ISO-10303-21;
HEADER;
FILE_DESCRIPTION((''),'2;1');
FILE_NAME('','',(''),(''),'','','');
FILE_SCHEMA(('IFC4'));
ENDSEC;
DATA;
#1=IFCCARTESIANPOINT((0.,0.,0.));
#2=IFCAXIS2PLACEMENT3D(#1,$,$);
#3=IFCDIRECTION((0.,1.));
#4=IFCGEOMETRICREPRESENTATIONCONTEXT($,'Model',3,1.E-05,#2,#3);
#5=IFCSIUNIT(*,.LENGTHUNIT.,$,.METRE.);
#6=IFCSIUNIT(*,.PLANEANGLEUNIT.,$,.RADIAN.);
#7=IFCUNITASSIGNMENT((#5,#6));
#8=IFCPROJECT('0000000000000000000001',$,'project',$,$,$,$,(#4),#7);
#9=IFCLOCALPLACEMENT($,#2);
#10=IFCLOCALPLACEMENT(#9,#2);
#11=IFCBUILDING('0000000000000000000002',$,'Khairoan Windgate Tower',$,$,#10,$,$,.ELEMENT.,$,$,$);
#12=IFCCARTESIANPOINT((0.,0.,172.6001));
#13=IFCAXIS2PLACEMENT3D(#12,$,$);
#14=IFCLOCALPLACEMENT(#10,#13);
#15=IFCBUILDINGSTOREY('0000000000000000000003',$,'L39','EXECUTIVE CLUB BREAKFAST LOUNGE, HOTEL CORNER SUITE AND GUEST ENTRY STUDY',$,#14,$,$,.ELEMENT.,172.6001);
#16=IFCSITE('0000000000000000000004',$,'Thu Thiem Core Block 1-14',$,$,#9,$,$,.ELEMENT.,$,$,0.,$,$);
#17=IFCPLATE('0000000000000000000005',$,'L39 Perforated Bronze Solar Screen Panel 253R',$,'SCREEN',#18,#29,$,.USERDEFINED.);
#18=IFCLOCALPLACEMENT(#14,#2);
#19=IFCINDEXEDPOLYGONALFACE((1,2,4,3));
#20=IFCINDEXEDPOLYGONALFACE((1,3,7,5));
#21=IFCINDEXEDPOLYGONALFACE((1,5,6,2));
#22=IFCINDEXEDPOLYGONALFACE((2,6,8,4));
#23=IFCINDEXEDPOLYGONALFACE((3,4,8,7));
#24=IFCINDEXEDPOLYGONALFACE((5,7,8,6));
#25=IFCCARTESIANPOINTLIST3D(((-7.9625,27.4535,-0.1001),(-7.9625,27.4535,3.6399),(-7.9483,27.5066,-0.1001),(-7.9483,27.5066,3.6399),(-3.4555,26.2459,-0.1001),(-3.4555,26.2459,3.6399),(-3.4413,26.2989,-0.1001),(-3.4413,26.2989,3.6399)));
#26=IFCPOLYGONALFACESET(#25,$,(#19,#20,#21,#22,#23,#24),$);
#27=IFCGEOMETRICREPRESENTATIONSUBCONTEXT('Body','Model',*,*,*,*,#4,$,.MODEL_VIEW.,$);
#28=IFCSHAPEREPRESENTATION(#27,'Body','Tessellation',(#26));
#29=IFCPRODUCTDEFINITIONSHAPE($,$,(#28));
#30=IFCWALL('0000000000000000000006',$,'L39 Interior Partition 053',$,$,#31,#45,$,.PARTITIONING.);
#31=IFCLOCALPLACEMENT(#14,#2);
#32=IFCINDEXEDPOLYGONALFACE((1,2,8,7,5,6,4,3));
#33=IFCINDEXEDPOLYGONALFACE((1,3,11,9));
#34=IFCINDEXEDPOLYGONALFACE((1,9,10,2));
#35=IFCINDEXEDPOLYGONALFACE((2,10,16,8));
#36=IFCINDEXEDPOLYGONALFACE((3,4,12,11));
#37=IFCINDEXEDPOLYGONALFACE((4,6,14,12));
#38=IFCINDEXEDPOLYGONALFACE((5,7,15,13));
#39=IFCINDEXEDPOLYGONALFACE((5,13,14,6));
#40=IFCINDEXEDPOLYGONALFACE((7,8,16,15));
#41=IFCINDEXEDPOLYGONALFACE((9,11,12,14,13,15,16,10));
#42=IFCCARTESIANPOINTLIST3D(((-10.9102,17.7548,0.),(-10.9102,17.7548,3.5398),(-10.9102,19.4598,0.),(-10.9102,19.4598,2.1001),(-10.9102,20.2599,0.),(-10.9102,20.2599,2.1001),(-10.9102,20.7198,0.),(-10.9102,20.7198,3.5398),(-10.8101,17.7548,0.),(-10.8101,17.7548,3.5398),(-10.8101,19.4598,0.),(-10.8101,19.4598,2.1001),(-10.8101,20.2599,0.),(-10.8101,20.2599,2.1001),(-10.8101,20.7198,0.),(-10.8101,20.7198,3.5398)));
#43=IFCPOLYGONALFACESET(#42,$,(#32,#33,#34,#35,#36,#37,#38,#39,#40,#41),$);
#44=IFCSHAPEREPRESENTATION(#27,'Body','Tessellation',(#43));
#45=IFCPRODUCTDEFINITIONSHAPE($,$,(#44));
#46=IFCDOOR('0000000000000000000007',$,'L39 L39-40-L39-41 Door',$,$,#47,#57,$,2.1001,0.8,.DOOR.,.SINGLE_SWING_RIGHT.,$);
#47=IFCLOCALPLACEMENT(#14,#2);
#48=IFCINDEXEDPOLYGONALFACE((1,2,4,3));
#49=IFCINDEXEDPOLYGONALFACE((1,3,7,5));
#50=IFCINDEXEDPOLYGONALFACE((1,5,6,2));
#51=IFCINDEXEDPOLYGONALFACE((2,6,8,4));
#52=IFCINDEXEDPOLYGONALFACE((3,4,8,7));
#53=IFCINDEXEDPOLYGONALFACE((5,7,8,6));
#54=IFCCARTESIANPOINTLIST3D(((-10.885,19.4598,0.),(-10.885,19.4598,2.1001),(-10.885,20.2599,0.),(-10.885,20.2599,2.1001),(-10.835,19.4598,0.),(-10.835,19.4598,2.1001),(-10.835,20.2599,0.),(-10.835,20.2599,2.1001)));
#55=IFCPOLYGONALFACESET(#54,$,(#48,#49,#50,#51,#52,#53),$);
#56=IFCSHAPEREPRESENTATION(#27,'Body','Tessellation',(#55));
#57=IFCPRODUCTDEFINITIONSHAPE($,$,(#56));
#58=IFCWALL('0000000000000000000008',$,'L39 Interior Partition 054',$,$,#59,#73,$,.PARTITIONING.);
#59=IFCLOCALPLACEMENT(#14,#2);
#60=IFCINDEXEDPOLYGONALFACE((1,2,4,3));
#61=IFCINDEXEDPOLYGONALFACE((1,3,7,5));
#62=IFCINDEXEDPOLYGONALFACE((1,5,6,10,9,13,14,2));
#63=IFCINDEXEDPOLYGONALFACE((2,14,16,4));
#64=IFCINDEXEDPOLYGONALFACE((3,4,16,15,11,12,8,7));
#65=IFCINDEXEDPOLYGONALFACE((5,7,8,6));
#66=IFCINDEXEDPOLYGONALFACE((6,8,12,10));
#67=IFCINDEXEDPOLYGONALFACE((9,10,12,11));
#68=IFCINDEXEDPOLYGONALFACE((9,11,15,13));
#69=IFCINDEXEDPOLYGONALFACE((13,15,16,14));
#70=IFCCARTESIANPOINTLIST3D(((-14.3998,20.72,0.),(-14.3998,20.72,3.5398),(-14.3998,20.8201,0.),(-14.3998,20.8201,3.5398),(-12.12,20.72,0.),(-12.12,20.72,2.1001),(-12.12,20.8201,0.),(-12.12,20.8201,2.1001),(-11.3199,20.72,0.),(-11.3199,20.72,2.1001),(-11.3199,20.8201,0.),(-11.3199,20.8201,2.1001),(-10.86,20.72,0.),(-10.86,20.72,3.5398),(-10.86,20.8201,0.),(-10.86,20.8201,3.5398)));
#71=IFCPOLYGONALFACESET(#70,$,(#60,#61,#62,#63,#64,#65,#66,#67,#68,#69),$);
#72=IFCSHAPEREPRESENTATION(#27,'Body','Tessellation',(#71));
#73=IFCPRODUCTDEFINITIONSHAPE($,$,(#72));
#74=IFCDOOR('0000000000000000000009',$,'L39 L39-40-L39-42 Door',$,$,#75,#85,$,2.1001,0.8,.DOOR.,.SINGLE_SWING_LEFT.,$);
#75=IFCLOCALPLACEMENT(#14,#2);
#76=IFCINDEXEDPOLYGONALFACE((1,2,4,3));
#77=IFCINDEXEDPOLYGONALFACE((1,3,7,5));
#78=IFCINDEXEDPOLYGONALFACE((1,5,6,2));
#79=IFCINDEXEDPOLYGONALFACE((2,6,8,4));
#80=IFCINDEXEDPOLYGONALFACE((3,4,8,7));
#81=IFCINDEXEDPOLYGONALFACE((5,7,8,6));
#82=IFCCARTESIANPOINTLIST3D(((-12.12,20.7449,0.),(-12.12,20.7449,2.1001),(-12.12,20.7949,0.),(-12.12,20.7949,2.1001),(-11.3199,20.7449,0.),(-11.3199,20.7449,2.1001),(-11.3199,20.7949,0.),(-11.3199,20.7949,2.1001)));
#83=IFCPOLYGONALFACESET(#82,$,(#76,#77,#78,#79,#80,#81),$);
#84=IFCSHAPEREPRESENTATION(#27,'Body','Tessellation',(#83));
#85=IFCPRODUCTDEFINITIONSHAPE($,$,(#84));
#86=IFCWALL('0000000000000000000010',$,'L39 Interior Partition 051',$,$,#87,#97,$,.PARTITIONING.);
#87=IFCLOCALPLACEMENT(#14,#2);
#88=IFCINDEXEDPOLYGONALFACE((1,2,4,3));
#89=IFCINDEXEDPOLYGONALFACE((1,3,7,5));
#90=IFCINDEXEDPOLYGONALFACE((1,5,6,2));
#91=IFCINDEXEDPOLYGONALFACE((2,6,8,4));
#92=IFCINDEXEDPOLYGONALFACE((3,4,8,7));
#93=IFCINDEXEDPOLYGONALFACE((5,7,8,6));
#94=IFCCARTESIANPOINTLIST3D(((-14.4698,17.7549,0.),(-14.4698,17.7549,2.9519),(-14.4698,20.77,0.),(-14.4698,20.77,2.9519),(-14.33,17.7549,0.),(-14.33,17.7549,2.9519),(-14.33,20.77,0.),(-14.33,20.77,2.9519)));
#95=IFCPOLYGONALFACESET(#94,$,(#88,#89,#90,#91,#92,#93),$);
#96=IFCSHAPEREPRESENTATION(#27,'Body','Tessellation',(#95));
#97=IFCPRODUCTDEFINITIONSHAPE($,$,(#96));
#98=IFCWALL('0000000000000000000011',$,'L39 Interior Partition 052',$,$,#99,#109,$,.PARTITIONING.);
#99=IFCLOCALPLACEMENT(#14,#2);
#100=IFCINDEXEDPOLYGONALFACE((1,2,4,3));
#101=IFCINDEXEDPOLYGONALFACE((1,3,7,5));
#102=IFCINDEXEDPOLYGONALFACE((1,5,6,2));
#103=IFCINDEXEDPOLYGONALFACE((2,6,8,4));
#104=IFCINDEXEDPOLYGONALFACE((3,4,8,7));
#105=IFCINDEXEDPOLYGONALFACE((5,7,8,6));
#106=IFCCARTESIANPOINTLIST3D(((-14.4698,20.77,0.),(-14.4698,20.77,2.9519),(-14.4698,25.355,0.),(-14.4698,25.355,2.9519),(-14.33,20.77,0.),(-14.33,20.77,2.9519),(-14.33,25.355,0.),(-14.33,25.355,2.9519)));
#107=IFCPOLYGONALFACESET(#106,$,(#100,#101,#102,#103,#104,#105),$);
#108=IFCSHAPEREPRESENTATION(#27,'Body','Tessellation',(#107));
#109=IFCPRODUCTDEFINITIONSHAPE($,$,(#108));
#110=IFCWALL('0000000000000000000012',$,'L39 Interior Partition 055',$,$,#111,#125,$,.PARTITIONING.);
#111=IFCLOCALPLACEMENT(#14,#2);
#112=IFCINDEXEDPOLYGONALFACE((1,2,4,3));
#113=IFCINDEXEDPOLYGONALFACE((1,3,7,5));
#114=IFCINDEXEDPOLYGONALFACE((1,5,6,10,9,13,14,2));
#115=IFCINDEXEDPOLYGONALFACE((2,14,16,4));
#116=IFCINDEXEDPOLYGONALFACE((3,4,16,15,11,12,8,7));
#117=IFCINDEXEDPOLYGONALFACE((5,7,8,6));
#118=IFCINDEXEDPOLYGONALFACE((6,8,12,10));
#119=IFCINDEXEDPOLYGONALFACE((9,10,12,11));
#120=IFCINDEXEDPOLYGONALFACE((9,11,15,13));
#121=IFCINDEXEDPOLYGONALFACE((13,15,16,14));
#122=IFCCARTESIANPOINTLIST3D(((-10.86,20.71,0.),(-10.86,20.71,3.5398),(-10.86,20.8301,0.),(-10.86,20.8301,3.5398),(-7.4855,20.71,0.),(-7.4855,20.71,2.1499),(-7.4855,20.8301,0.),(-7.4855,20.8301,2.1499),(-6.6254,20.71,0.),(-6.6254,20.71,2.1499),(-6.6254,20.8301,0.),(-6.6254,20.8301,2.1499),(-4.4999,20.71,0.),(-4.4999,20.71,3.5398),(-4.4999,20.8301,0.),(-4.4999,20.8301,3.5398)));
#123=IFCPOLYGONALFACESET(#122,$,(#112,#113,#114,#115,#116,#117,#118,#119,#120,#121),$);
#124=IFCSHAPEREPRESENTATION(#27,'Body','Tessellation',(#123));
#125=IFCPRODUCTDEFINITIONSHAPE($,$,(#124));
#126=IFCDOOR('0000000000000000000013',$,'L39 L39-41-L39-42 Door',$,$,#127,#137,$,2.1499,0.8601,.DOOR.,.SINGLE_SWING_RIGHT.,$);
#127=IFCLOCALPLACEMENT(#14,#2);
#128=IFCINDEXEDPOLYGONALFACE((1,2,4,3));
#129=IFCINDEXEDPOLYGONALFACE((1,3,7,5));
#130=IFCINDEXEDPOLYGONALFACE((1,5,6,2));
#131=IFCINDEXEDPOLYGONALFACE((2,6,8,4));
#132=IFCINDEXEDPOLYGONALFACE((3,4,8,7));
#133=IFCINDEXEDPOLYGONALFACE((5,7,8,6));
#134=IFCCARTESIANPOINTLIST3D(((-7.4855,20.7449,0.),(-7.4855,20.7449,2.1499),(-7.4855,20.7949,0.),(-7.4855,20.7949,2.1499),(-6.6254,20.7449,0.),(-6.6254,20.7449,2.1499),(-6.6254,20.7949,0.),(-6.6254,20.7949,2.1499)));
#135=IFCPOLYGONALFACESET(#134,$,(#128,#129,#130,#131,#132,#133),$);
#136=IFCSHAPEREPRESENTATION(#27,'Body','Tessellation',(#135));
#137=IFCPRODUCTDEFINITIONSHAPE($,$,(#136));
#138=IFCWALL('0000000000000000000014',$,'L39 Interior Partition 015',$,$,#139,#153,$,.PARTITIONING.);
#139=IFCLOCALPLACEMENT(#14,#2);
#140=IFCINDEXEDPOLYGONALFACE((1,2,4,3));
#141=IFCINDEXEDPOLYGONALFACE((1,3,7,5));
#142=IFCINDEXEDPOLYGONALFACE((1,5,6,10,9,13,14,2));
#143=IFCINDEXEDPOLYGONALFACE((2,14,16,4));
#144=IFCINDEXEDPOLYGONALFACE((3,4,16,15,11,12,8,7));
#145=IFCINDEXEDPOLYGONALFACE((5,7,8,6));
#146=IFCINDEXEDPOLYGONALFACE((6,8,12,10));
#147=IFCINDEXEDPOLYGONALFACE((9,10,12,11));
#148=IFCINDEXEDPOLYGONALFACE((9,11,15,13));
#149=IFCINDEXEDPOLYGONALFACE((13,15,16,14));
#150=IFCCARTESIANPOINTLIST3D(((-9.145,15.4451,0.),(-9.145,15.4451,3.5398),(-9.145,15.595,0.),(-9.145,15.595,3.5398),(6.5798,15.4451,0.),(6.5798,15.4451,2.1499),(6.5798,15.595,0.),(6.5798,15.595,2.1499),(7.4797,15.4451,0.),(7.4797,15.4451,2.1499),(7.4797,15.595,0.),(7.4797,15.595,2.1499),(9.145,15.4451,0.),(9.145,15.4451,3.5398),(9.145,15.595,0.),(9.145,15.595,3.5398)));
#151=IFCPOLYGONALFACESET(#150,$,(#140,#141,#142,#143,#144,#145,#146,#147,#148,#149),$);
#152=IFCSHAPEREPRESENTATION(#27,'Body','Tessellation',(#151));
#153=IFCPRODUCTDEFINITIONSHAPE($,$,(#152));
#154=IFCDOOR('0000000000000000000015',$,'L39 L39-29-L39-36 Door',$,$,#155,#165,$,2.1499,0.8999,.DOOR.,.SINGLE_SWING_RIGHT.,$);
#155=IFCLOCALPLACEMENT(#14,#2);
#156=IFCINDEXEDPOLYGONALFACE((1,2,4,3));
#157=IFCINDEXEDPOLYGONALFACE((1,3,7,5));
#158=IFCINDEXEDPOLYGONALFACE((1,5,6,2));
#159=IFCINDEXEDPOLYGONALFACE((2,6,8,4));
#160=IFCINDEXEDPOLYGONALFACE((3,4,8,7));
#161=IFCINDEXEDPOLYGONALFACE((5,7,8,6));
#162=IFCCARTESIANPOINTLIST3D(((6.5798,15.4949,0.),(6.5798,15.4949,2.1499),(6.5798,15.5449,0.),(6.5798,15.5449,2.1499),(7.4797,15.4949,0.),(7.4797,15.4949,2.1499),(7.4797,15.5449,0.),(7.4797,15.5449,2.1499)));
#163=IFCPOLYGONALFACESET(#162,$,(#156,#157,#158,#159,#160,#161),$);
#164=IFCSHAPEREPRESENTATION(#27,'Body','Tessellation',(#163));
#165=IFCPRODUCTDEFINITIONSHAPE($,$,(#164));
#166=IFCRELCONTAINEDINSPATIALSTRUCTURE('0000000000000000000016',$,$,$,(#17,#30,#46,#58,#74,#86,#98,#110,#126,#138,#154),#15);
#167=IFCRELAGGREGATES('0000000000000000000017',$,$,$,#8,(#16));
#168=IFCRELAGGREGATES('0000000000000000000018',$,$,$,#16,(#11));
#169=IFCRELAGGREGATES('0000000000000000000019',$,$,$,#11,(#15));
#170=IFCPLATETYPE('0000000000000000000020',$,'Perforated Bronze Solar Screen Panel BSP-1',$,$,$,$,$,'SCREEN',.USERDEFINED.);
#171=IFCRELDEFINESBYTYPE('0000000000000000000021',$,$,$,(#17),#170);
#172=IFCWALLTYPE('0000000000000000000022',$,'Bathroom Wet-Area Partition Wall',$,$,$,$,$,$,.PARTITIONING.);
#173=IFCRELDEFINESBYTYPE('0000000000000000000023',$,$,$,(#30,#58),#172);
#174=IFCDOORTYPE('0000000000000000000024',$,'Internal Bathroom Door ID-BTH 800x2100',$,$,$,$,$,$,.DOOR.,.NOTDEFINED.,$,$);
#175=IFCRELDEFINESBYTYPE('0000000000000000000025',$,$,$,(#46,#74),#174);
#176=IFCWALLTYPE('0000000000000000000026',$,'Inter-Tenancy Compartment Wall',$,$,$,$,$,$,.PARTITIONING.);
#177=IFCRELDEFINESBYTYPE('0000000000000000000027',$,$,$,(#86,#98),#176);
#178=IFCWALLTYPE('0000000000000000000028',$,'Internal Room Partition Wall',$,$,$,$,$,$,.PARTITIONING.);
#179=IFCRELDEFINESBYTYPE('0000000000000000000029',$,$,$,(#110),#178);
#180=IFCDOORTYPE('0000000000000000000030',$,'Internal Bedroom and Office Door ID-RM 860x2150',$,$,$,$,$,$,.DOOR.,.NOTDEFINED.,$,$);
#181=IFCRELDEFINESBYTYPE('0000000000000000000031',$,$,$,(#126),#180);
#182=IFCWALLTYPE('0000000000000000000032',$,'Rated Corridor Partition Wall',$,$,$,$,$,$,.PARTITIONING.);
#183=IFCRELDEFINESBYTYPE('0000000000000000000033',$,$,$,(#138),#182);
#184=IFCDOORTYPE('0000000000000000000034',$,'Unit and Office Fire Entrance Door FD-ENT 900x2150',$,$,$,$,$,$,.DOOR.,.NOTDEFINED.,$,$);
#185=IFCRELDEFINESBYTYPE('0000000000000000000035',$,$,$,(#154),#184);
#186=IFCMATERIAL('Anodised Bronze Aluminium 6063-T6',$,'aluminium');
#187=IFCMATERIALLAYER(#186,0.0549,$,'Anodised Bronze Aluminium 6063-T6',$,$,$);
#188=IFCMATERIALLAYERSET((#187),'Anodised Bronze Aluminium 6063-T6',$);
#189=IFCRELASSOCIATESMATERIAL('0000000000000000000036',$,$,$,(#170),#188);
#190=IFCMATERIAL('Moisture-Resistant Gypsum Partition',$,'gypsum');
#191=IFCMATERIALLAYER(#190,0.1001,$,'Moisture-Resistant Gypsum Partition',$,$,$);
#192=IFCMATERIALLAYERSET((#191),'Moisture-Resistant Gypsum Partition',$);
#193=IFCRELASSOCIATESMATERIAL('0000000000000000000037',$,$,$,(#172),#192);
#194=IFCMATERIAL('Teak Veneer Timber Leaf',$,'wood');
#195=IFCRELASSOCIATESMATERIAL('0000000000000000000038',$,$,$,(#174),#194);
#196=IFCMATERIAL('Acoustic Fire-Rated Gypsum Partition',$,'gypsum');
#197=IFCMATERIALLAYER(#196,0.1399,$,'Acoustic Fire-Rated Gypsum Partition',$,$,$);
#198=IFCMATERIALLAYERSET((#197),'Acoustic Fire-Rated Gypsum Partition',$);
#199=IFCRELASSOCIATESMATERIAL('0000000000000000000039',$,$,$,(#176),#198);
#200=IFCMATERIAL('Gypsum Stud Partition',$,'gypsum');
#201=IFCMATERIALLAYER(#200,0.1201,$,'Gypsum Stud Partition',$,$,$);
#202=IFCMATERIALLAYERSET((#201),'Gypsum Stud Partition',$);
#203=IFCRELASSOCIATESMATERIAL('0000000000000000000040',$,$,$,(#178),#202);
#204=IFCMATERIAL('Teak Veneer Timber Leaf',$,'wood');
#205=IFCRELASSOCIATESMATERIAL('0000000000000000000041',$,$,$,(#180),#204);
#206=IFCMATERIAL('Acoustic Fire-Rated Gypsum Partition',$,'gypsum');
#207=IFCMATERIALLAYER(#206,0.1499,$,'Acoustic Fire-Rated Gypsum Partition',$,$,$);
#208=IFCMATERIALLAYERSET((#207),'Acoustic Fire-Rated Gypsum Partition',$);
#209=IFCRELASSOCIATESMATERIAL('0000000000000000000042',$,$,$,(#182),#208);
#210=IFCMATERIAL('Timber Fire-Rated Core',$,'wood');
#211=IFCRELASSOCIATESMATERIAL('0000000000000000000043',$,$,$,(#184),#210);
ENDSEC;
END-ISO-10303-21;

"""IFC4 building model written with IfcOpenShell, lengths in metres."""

from ifc_helpers import new_model, si_unit, direction, frame, frame_2d, origin, origin_2d, place, context, subcontext, project, spatial, rectangle, extrude, material, layer, layer_set, type_object, element, fill, save


model = new_model("IFC4")

# Units and contexts
model_context = context("Model", 3, precision=1e-05, world=origin(), true_north=direction((0.0, 1.0)))
body_context = subcontext(model_context, "Body", "Model", "MODEL_VIEW")
ifc_project = project(units=[si_unit("LENGTHUNIT", "METRE"), si_unit("PLANEANGLEUNIT", "RADIAN")], contexts=[model_context])

# Site, building, storey
site_placement = place(None, origin())
site = spatial("IfcSite", under=ifc_project, at=site_placement, Name="Thu Thiem Core Block 1-14", CompositionType="ELEMENT", RefElevation=0.0)
building_placement = place(site_placement, origin())
building = spatial("IfcBuilding", under=site, at=building_placement, Name="Khairoan Windgate Tower", CompositionType="ELEMENT")
storey_placement = place(building_placement, frame((0.0, 0.0, 172.6001)))
storey = spatial("IfcBuildingStorey", under=building, at=storey_placement, Name="L39", Description="EXECUTIVE CLUB BREAKFAST LOUNGE, HOTEL CORNER SUITE AND GUEST ENTRY STUDY", CompositionType="ELEMENT", Elevation=172.6001)

# Plate
ifc_material_1 = material(Name="Anodised Bronze Aluminium 6063-T6", Category="aluminium")
ifc_layer_1 = layer(ifc_material_1, 0.0549, Name="Anodised Bronze Aluminium 6063-T6")
ifc_layer_set_1 = layer_set([ifc_layer_1], Name="Anodised Bronze Aluminium 6063-T6")
plate_type = type_object("IfcPlateType", Name="Perforated Bronze Solar Screen Panel BSP-1", ElementType="SCREEN", PredefinedType="USERDEFINED", material=ifc_layer_set_1)
plate_placement = place(storey_placement, frame((-5.7019, 26.8762, -0.1001), z_axis=(0.0, 0.0, 1.0), x_axis=(0.965926, -0.258819, 0.0)))
element("IfcPlate", 1, at=plate_placement, inside=storey, type_object=plate_type, Name="L39 Perforated Bronze Solar Screen Panel 253R", ObjectType="SCREEN", PredefinedType="USERDEFINED", context=body_context, shape_type="SweptSolid", body=[
    extrude(rectangle(XDim=4.666, YDim=0.0549, at=origin_2d()), origin(), (0.0, 0.0, 1.0), 3.74),
])

# Walls, openings, doors
ifc_material_2 = material(Name="Moisture-Resistant Gypsum Partition", Category="gypsum")
ifc_layer_2 = layer(ifc_material_2, 0.1001, Name="Moisture-Resistant Gypsum Partition")
ifc_layer_set_2 = layer_set([ifc_layer_2], Name="Moisture-Resistant Gypsum Partition")
wall_type_1 = type_object("IfcWallType", Name="Bathroom Wet-Area Partition Wall", PredefinedType="PARTITIONING", material=ifc_layer_set_2)
wall_1_placement = place(storey_placement, frame((-10.8601, 17.7549, 0.0), z_axis=(0.0, 0.0, 1.0), x_axis=(0.0, 1.0, 0.0)))
wall_1 = element("IfcWall", 2, at=wall_1_placement, inside=storey, type_object=wall_type_1, Name="L39 Interior Partition 053", PredefinedType="PARTITIONING", context=body_context, shape_type="SweptSolid", body=[
    extrude(rectangle(XDim=2.9651, YDim=0.1001, at=frame_2d((1.4824, 0.0))), origin(), (0.0, 0.0, 1.0), 3.5398),
])
opening_1_placement = place(wall_1_placement, frame((1.7051, 0.0, 0.0)))
opening_1 = element("IfcOpeningElement", 3, at=opening_1_placement, cuts=wall_1, PredefinedType="OPENING", context=body_context, shape_type="SweptSolid", body=[
    extrude(rectangle(XDim=0.8, YDim=2.1001, at=frame_2d((0.3999, 1.05))), frame((0.0, 0.0601, 0.0), z_axis=(0.0, -1.0, 0.0), x_axis=(1.0, 0.0, 0.0)), (0.0, 0.0, 1.0), 0.1201),
])
ifc_material_3 = material(Name="Teak Veneer Timber Leaf", Category="wood")
door_type_1 = type_object("IfcDoorType", Name="Internal Bathroom Door ID-BTH 800x2100", OperationType="NOTDEFINED", PredefinedType="DOOR", material=ifc_material_3)
door_1_placement = place(opening_1_placement, origin())
door_1 = element("IfcDoor", 4, at=door_1_placement, inside=storey, type_object=door_type_1, Name="L39 L39-40-L39-41 Door", OperationType="SINGLE_SWING_RIGHT", OverallHeight=2.1001, OverallWidth=0.8, PredefinedType="DOOR", context=body_context, shape_type="SweptSolid", body=[
    extrude(rectangle(XDim=0.8, YDim=2.1001, at=frame_2d((0.3999, 1.05))), frame((0.0, 0.0249, 0.0), z_axis=(0.0, -1.0, 0.0), x_axis=(1.0, 0.0, 0.0)), (0.0, 0.0, 1.0), 0.05),
])
fill(opening_1, door_1)
wall_2_placement = place(storey_placement, frame((-14.3999, 20.77, 0.0), z_axis=(0.0, 0.0, 1.0), x_axis=(1.0, 0.0, 0.0)))
wall_2 = element("IfcWall", 5, at=wall_2_placement, inside=storey, type_object=wall_type_1, Name="L39 Interior Partition 054", PredefinedType="PARTITIONING", context=body_context, shape_type="SweptSolid", body=[
    extrude(rectangle(XDim=3.5398, YDim=0.1001, at=frame_2d((1.77, 0.0))), origin(), (0.0, 0.0, 1.0), 3.5398),
])
opening_2_placement = place(wall_2_placement, frame((2.28, 0.0, 0.0)))
opening_2 = element("IfcOpeningElement", 6, at=opening_2_placement, cuts=wall_2, PredefinedType="OPENING", context=body_context, shape_type="SweptSolid", body=[
    extrude(rectangle(XDim=0.8, YDim=2.1001, at=frame_2d((0.3999, 1.05))), frame((0.0, 0.0601, 0.0), z_axis=(0.0, -1.0, 0.0), x_axis=(1.0, 0.0, 0.0)), (0.0, 0.0, 1.0), 0.1201),
])
door_2_placement = place(opening_2_placement, origin())
door_2 = element("IfcDoor", 7, at=door_2_placement, inside=storey, type_object=door_type_1, Name="L39 L39-40-L39-42 Door", OperationType="SINGLE_SWING_LEFT", OverallHeight=2.1001, OverallWidth=0.8, PredefinedType="DOOR", context=body_context, shape_type="SweptSolid", body=[
    extrude(rectangle(XDim=0.8, YDim=2.1001, at=frame_2d((0.3999, 1.05))), frame((0.0, 0.0249, 0.0), z_axis=(0.0, -1.0, 0.0), x_axis=(1.0, 0.0, 0.0)), (0.0, 0.0, 1.0), 0.05),
])
fill(opening_2, door_2)

# Walls
ifc_material_4 = material(Name="Acoustic Fire-Rated Gypsum Partition", Category="gypsum")
ifc_layer_3 = layer(ifc_material_4, 0.1399, Name="Acoustic Fire-Rated Gypsum Partition")
ifc_layer_set_3 = layer_set([ifc_layer_3], Name="Acoustic Fire-Rated Gypsum Partition")
wall_type_2 = type_object("IfcWallType", Name="Inter-Tenancy Compartment Wall", PredefinedType="PARTITIONING", material=ifc_layer_set_3)
wall_3_placement = place(storey_placement, frame((-14.3999, 17.7549, 0.0), z_axis=(0.0, 0.0, 1.0), x_axis=(0.0, 1.0, 0.0)))
element("IfcWall", 8, at=wall_3_placement, inside=storey, type_object=wall_type_2, Name="L39 Interior Partition 051", PredefinedType="PARTITIONING", context=body_context, shape_type="SweptSolid", body=[
    extrude(rectangle(XDim=3.0151, YDim=0.1399, at=frame_2d((1.5076, 0.0))), origin(), (0.0, 0.0, 1.0), 2.9519),
])
wall_4_placement = place(storey_placement, frame((-14.3999, 20.77, 0.0), z_axis=(0.0, 0.0, 1.0), x_axis=(0.0, 1.0, 0.0)))
element("IfcWall", 9, at=wall_4_placement, inside=storey, type_object=wall_type_2, Name="L39 Interior Partition 052", PredefinedType="PARTITIONING", context=body_context, shape_type="SweptSolid", body=[
    extrude(rectangle(XDim=4.585, YDim=0.1399, at=frame_2d((2.2925, 0.0))), origin(), (0.0, 0.0, 1.0), 2.9519),
])

# Walls, openings, doors
ifc_material_5 = material(Name="Gypsum Stud Partition", Category="gypsum")
ifc_layer_4 = layer(ifc_material_5, 0.1201, Name="Gypsum Stud Partition")
ifc_layer_set_4 = layer_set([ifc_layer_4], Name="Gypsum Stud Partition")
wall_type_3 = type_object("IfcWallType", Name="Internal Room Partition Wall", PredefinedType="PARTITIONING", material=ifc_layer_set_4)
wall_5_placement = place(storey_placement, frame((-10.8601, 20.77, 0.0), z_axis=(0.0, 0.0, 1.0), x_axis=(1.0, 0.0, 0.0)))
wall_5 = element("IfcWall", 10, at=wall_5_placement, inside=storey, type_object=wall_type_3, Name="L39 Interior Partition 055", PredefinedType="PARTITIONING", context=body_context, shape_type="SweptSolid", body=[
    extrude(rectangle(XDim=6.3601, YDim=0.1201, at=frame_2d((3.1802, 0.0))), origin(), (0.0, 0.0, 1.0), 3.5398),
])
opening_3_placement = place(wall_5_placement, frame((3.3745, 0.0, 0.0)))
opening_3 = element("IfcOpeningElement", 11, at=opening_3_placement, cuts=wall_5, PredefinedType="OPENING", context=body_context, shape_type="SweptSolid", body=[
    extrude(rectangle(XDim=0.8601, YDim=2.1499, at=frame_2d((0.4302, 1.075))), frame((0.0, 0.0701, 0.0), z_axis=(0.0, -1.0, 0.0), x_axis=(1.0, 0.0, 0.0)), (0.0, 0.0, 1.0), 0.1401),
])
ifc_material_6 = material(Name="Teak Veneer Timber Leaf", Category="wood")
door_type_2 = type_object("IfcDoorType", Name="Internal Bedroom and Office Door ID-RM 860x2150", OperationType="NOTDEFINED", PredefinedType="DOOR", material=ifc_material_6)
door_3_placement = place(opening_3_placement, origin())
door_3 = element("IfcDoor", 12, at=door_3_placement, inside=storey, type_object=door_type_2, Name="L39 L39-41-L39-42 Door", OperationType="SINGLE_SWING_RIGHT", OverallHeight=2.1499, OverallWidth=0.8601, PredefinedType="DOOR", context=body_context, shape_type="SweptSolid", body=[
    extrude(rectangle(XDim=0.8601, YDim=2.1499, at=frame_2d((0.4302, 1.075))), frame((0.0, 0.0249, 0.0), z_axis=(0.0, -1.0, 0.0), x_axis=(1.0, 0.0, 0.0)), (0.0, 0.0, 1.0), 0.05),
])
fill(opening_3, door_3)
ifc_material_7 = material(Name="Acoustic Fire-Rated Gypsum Partition", Category="gypsum")
ifc_layer_5 = layer(ifc_material_7, 0.1499, Name="Acoustic Fire-Rated Gypsum Partition")
ifc_layer_set_5 = layer_set([ifc_layer_5], Name="Acoustic Fire-Rated Gypsum Partition")
wall_type_4 = type_object("IfcWallType", Name="Rated Corridor Partition Wall", PredefinedType="PARTITIONING", material=ifc_layer_set_5)
wall_6_placement = place(storey_placement, frame((-9.145, 15.52, 0.0), z_axis=(0.0, 0.0, 1.0), x_axis=(1.0, 0.0, 0.0)))
wall_6 = element("IfcWall", 13, at=wall_6_placement, inside=storey, type_object=wall_type_4, Name="L39 Interior Partition 015", PredefinedType="PARTITIONING", context=body_context, shape_type="SweptSolid", body=[
    extrude(rectangle(XDim=18.29, YDim=0.1499, at=frame_2d((9.145, 0.0))), origin(), (0.0, 0.0, 1.0), 3.5398),
])
opening_4_placement = place(wall_6_placement, frame((15.7249, 0.0, 0.0)))
opening_4 = element("IfcOpeningElement", 14, at=opening_4_placement, cuts=wall_6, PredefinedType="OPENING", context=body_context, shape_type="SweptSolid", body=[
    extrude(rectangle(XDim=0.8999, YDim=2.1499, at=frame_2d((0.45, 1.075))), frame((0.0, 0.085, 0.0), z_axis=(0.0, -1.0, 0.0), x_axis=(1.0, 0.0, 0.0)), (0.0, 0.0, 1.0), 0.1699),
])
ifc_material_8 = material(Name="Timber Fire-Rated Core", Category="wood")
door_type_3 = type_object("IfcDoorType", Name="Unit and Office Fire Entrance Door FD-ENT 900x2150", OperationType="NOTDEFINED", PredefinedType="DOOR", material=ifc_material_8)
door_4_placement = place(opening_4_placement, origin())
door_4 = element("IfcDoor", 15, at=door_4_placement, inside=storey, type_object=door_type_3, Name="L39 L39-29-L39-36 Door", OperationType="SINGLE_SWING_RIGHT", OverallHeight=2.1499, OverallWidth=0.8999, PredefinedType="DOOR", context=body_context, shape_type="SweptSolid", body=[
    extrude(rectangle(XDim=0.8999, YDim=2.1499, at=frame_2d((0.45, 1.075))), frame((0.0, 0.0249, 0.0), z_axis=(0.0, -1.0, 0.0), x_axis=(1.0, 0.0, 0.0)), (0.0, 0.0, 1.0), 0.05),
])
fill(opening_4, door_4)

save(model, "model.ifc")
